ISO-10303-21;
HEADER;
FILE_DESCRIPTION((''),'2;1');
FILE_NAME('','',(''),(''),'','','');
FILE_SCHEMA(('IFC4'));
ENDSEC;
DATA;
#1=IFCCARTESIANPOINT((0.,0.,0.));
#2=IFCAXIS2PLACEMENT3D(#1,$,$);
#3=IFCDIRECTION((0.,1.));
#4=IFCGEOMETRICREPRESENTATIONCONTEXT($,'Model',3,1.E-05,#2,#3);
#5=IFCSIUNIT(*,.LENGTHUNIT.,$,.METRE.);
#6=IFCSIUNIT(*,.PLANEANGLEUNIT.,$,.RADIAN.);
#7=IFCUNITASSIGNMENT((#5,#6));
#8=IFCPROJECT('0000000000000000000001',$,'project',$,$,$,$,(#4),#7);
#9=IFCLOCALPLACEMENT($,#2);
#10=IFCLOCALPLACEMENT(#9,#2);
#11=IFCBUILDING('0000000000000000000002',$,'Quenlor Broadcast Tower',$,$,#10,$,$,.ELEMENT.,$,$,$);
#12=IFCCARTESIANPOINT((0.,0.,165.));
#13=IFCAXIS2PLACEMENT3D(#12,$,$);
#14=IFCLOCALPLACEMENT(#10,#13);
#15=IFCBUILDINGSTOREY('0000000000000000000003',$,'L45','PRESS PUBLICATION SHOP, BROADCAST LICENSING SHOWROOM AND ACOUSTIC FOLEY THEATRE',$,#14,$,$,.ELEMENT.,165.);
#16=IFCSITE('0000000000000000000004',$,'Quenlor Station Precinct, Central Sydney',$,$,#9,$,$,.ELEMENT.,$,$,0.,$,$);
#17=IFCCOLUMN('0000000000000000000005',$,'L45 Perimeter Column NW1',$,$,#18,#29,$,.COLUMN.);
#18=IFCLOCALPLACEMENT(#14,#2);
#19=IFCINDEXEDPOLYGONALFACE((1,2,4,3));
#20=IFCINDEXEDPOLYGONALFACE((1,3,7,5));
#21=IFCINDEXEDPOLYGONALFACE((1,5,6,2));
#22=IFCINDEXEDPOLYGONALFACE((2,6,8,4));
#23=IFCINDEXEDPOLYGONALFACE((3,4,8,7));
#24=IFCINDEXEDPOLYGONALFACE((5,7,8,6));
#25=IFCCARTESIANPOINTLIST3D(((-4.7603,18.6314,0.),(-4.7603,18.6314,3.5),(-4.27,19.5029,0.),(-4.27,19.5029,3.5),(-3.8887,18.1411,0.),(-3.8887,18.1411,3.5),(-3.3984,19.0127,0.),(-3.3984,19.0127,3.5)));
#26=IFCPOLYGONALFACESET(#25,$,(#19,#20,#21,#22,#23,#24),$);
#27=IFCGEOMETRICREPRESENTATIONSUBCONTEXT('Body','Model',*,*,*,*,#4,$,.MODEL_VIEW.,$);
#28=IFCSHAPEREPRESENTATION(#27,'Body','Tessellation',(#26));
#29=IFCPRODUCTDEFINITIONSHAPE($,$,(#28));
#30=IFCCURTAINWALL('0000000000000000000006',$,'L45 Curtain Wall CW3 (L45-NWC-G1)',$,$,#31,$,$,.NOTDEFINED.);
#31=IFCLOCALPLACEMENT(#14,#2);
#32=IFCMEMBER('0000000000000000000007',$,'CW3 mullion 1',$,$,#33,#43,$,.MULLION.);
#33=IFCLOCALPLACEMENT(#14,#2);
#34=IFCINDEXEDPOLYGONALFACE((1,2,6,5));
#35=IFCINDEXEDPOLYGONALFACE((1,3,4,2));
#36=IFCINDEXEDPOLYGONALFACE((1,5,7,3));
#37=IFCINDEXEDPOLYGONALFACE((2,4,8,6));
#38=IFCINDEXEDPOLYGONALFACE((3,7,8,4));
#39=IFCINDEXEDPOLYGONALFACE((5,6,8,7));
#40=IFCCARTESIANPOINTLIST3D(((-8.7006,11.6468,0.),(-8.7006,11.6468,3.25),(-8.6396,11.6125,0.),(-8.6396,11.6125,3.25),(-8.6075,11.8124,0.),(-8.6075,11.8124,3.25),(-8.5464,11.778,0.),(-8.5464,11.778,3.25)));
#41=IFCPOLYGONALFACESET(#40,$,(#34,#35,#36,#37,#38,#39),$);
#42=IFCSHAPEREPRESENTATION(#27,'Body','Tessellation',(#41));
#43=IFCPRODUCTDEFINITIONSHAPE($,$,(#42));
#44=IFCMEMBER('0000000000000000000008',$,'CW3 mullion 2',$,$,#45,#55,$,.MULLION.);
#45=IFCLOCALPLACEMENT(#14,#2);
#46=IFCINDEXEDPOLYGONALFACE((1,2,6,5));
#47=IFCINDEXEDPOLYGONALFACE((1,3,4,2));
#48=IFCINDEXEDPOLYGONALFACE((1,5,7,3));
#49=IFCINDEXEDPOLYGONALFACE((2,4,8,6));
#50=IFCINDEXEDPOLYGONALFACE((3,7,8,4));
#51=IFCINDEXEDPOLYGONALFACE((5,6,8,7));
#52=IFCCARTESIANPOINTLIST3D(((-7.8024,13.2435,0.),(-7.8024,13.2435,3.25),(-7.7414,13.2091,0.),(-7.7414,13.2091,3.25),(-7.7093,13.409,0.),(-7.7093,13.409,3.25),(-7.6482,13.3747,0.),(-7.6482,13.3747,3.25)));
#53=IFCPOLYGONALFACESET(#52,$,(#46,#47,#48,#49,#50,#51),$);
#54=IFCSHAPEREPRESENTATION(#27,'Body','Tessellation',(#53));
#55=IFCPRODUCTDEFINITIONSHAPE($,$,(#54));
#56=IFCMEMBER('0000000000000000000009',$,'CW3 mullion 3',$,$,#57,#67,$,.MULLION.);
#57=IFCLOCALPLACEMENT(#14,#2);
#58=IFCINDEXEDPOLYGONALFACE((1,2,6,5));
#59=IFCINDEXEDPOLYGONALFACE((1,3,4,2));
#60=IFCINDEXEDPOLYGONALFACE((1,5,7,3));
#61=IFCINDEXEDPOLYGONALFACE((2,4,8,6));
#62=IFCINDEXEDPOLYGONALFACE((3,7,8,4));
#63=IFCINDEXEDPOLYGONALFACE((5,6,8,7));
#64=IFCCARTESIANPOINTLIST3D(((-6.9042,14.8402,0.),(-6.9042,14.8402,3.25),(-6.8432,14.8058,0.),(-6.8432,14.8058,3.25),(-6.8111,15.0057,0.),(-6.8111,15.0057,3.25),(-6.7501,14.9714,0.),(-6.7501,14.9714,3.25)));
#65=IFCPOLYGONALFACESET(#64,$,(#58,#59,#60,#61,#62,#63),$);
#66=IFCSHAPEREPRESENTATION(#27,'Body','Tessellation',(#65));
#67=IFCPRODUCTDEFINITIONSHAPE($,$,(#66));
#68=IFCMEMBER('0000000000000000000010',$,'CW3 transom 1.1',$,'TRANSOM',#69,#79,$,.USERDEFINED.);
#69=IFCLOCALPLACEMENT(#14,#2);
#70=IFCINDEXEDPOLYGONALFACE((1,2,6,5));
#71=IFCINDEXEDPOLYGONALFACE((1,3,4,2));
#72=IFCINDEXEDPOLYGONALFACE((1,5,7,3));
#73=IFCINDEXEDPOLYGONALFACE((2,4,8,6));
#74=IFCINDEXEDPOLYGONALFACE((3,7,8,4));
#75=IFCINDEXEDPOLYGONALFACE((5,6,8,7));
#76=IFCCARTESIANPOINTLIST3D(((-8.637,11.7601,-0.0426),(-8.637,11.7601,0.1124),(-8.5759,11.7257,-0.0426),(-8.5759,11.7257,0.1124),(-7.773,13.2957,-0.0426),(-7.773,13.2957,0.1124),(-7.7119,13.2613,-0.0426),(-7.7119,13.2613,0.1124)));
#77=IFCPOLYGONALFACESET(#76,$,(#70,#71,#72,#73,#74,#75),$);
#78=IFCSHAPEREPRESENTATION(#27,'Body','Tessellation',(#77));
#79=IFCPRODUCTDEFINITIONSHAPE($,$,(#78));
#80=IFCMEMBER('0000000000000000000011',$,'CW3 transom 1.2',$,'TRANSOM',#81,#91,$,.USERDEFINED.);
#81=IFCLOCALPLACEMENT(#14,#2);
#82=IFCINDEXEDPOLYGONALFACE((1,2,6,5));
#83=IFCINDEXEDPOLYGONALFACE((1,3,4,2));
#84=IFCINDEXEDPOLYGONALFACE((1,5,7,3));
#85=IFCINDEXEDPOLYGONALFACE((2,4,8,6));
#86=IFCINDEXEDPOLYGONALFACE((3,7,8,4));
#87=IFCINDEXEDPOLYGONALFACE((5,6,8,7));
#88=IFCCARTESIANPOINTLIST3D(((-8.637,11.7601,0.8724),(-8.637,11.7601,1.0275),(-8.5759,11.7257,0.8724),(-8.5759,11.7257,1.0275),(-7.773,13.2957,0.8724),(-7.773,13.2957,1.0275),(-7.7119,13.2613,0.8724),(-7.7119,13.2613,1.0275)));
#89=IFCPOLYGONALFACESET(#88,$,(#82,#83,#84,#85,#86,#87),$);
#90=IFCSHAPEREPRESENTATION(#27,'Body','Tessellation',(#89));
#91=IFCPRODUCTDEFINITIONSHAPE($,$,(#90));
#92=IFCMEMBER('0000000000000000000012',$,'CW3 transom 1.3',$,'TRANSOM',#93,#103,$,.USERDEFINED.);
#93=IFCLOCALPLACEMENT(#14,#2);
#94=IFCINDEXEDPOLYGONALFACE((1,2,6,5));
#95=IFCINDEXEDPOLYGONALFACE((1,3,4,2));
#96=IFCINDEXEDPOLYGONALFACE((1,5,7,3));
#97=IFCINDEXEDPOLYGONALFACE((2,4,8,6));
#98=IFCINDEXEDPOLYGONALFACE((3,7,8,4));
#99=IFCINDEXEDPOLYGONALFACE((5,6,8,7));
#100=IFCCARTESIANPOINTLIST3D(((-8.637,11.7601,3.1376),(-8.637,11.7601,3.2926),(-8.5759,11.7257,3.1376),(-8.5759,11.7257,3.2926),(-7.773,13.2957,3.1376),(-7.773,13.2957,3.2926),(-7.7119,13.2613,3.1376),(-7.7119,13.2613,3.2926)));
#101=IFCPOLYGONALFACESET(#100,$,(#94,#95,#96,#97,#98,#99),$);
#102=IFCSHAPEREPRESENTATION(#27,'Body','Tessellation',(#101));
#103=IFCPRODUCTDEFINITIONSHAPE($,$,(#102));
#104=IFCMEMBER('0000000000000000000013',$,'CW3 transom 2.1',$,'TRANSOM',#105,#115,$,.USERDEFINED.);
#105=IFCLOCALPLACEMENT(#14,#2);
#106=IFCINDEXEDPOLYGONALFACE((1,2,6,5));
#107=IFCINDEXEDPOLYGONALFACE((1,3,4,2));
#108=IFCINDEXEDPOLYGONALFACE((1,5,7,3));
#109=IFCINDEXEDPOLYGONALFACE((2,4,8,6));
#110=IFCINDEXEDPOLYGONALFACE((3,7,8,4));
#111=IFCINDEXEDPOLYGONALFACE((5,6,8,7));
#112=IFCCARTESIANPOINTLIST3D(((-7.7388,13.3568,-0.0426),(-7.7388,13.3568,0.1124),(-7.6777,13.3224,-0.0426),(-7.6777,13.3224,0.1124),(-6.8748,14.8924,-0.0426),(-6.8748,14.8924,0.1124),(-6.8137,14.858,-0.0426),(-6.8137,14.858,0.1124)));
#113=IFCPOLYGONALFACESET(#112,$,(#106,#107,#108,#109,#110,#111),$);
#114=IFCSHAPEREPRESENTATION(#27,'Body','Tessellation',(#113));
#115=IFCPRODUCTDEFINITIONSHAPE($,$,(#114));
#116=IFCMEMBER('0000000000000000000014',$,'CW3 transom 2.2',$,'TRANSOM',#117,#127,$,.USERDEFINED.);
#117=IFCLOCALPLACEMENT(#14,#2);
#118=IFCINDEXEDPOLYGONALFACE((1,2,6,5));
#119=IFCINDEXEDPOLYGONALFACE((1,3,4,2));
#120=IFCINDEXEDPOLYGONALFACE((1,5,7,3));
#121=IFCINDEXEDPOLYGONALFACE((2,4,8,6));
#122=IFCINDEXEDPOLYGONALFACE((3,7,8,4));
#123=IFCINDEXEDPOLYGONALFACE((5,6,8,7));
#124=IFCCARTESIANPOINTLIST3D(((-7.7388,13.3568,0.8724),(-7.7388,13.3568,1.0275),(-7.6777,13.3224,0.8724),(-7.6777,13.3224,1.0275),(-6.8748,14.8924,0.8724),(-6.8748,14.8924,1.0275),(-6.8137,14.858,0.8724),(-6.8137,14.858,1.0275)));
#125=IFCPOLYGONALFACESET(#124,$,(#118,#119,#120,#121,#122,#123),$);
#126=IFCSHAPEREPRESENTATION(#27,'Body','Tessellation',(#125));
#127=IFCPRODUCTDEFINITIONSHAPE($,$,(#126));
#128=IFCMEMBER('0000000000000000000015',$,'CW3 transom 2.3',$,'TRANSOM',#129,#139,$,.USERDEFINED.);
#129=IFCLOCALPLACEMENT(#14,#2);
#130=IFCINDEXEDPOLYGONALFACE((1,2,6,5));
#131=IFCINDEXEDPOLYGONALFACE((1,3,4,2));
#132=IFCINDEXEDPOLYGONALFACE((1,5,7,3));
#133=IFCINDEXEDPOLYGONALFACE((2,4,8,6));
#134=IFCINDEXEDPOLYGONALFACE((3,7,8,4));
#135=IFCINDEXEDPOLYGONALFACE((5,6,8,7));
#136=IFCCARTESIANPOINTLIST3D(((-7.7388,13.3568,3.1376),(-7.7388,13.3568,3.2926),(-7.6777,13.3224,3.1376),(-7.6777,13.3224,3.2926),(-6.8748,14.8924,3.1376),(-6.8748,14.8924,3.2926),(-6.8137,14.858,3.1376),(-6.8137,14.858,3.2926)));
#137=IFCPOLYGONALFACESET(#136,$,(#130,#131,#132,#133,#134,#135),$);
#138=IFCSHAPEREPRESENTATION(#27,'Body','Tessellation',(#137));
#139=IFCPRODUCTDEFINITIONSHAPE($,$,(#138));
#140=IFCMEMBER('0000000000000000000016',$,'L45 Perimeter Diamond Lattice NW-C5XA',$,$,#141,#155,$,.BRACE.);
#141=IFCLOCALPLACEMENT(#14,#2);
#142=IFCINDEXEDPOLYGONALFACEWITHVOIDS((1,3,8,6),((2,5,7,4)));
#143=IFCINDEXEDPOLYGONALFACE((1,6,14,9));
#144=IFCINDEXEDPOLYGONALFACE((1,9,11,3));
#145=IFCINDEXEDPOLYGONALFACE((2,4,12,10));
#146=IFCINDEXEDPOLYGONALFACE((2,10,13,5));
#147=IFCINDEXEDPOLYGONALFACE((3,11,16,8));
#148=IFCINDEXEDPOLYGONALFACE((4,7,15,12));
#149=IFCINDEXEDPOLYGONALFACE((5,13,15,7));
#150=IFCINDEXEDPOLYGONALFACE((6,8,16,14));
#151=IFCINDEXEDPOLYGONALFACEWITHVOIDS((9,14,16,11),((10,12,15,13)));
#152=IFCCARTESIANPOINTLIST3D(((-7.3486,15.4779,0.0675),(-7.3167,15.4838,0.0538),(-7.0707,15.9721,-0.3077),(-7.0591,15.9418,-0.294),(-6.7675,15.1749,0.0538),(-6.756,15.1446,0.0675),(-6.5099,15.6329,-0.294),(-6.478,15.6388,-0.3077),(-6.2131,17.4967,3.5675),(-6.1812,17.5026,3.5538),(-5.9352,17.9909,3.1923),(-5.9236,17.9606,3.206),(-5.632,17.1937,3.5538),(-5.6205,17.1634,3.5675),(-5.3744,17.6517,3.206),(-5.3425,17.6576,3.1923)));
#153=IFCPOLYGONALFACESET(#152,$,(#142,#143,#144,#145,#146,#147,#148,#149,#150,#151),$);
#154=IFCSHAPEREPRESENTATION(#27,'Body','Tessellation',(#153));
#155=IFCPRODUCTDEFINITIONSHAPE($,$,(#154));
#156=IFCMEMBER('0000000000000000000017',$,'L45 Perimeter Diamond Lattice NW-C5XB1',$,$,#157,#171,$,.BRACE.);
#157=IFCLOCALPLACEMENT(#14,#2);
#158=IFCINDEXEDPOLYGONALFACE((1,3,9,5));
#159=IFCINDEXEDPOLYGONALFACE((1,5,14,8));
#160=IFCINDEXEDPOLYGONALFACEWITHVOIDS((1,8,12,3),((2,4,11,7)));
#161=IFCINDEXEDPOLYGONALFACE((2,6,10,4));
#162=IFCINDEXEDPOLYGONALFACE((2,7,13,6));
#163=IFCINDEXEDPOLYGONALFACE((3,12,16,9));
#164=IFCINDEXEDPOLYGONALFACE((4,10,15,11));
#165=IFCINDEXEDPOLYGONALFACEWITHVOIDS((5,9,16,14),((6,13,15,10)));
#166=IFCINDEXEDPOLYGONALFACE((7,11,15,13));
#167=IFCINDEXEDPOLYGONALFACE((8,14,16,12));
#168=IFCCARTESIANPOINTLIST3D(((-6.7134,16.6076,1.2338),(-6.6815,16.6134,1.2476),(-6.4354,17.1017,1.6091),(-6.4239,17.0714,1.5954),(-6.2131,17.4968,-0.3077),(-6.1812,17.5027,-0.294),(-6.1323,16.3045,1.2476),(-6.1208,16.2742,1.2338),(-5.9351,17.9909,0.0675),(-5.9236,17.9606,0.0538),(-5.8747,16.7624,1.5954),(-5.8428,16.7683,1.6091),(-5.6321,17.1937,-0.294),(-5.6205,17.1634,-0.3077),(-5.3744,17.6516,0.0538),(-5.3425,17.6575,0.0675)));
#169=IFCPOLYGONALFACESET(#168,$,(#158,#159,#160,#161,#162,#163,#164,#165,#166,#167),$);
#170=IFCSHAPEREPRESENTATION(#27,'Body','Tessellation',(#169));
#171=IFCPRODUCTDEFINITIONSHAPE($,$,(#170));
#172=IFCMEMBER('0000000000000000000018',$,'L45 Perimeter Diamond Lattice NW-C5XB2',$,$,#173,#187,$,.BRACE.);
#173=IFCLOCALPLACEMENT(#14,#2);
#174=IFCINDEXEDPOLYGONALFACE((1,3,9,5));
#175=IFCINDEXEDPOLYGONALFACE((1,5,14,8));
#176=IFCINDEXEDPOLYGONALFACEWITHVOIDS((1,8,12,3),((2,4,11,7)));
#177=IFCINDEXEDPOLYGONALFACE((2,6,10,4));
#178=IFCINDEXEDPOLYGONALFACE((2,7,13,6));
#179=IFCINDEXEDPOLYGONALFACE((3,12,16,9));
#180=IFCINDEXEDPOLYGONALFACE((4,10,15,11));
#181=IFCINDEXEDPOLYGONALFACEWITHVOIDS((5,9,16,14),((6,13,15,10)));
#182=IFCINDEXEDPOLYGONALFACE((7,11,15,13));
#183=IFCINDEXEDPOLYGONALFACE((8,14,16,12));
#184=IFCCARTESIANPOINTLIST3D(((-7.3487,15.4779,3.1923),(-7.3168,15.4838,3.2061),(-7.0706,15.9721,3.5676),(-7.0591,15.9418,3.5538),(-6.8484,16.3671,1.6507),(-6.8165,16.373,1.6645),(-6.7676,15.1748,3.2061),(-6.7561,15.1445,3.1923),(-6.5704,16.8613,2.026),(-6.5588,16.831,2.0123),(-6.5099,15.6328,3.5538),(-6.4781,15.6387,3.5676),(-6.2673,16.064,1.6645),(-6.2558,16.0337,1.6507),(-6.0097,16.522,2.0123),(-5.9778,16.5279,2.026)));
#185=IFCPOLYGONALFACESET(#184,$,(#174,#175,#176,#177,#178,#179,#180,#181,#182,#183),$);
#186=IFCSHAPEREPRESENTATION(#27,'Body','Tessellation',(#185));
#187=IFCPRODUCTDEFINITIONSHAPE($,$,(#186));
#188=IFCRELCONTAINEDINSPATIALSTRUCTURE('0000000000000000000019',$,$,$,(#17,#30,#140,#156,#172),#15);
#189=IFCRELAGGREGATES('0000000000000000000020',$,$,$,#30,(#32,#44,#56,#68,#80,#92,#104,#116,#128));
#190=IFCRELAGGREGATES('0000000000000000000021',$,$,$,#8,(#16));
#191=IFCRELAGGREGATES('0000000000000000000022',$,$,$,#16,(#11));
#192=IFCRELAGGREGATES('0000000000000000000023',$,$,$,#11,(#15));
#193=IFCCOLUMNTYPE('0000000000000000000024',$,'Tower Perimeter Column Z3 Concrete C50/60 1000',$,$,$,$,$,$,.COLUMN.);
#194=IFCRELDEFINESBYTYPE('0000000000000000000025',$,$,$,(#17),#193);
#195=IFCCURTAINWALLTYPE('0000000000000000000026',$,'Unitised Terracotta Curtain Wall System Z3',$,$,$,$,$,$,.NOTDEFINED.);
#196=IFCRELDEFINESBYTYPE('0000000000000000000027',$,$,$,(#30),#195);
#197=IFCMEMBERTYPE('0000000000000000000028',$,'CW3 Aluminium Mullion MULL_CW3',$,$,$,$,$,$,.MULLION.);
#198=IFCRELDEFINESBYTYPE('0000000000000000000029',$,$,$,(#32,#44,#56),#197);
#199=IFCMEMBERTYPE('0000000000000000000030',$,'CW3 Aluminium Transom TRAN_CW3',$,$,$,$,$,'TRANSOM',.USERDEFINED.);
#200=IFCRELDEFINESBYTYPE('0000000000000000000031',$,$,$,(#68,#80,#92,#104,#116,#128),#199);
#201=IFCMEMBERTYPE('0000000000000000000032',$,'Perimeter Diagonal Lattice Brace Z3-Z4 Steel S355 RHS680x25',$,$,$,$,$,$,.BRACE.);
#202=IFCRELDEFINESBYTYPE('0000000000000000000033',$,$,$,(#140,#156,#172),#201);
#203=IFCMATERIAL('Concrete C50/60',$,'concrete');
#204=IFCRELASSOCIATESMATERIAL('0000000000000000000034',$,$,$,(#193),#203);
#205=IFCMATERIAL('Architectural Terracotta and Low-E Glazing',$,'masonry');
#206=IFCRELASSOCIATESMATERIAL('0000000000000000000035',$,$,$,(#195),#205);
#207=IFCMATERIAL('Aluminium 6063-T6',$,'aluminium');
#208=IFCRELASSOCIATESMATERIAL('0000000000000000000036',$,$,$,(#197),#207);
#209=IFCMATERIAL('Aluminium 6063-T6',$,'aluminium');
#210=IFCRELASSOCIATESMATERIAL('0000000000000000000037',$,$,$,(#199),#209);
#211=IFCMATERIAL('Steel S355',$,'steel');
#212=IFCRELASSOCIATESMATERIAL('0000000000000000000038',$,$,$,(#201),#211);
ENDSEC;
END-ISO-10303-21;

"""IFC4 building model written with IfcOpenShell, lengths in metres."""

from ifc_helpers import new_model, si_unit, direction, frame, origin, origin_2d, place, context, subcontext, project, spatial, rectangle, hollow_rectangle, extrude, material, material_profile, profile_set, type_object, element, aggregate, save


model = new_model("IFC4")

# Units and contexts
model_context = context("Model", 3, precision=1e-05, world=origin(), true_north=direction((0.0, 1.0)))
body_context = subcontext(model_context, "Body", "Model", "MODEL_VIEW")
ifc_project = project(units=[si_unit("LENGTHUNIT", "METRE"), si_unit("PLANEANGLEUNIT", "RADIAN")], contexts=[model_context])

# Site, building, storey
site_placement = place(None, origin())
site = spatial("IfcSite", under=ifc_project, at=site_placement, Name="Quenlor Station Precinct, Central Sydney", CompositionType="ELEMENT", RefElevation=0.0)
building_placement = place(site_placement, origin())
building = spatial("IfcBuilding", under=site, at=building_placement, Name="Quenlor Broadcast Tower", CompositionType="ELEMENT")
storey_placement = place(building_placement, frame((0.0, 0.0, 165.0)))
storey = spatial("IfcBuildingStorey", under=building, at=storey_placement, Name="L45", Description="PRESS PUBLICATION SHOP, BROADCAST LICENSING SHOWROOM AND ACOUSTIC FOLEY THEATRE", CompositionType="ELEMENT", Elevation=165.0)

# Column
ifc_material_1 = material(Name="Concrete C50/60", Category="concrete")
ifc_material_profile_1 = material_profile(ifc_material_1, rectangle(XDim=1.0, YDim=1.0, at=origin_2d()))
ifc_profile_set_1 = profile_set([ifc_material_profile_1], Name="Concrete C50/60 RC1000x1000")
column_type = type_object("IfcColumnType", Name="Tower Perimeter Column Z3 Concrete C50/60 1000", PredefinedType="COLUMN", material=ifc_profile_set_1)
column_placement = place(storey_placement, frame((-4.0793, 18.822, 0.0), z_axis=(0.0, 0.0, 1.0), x_axis=(-0.871575, 0.490262, 0.0)))
element("IfcColumn", 1, at=column_placement, inside=storey, type_object=column_type, Name="L45 Perimeter Column NW1", PredefinedType="COLUMN", context=body_context, shape_type="SweptSolid", body=[
    extrude(rectangle(XDim=1.0, YDim=1.0, at=origin_2d()), origin(), (0.0, 0.0, 1.0), 3.5),
])

# Curtain wall, members
ifc_material_2 = material(Name="Architectural Terracotta and Low-E Glazing", Category="masonry")
curtain_wall_type = type_object("IfcCurtainWallType", Name="Unitised Terracotta Curtain Wall System Z3", PredefinedType="NOTDEFINED", material=ifc_material_2)
curtain_wall_placement = place(storey_placement, origin())
curtain_wall = element("IfcCurtainWall", 2, at=curtain_wall_placement, inside=storey, type_object=curtain_wall_type, Name="L45 Curtain Wall CW3 (L45-NWC-G1)", PredefinedType="NOTDEFINED")
ifc_material_3 = material(Name="Aluminium 6063-T6", Category="aluminium")
ifc_material_profile_2 = material_profile(ifc_material_3, rectangle(XDim=0.0701, YDim=0.1899, at=origin_2d()))
ifc_profile_set_2 = profile_set([ifc_material_profile_2], Name="Aluminium 6063-T6 MULL70x190")
member_type_1 = type_object("IfcMemberType", Name="CW3 Aluminium Mullion MULL_CW3", PredefinedType="MULLION", material=ifc_profile_set_2)
member_1_placement = place(storey_placement, frame((-8.6235, 11.7124, 0.0), z_axis=(0.0, 0.0, 1.0), x_axis=(-0.871571, 0.49027, 0.0)))
member_1 = element("IfcMember", 3, at=member_1_placement, type_object=member_type_1, Name="CW3 mullion 1", PredefinedType="MULLION", context=body_context, shape_type="SweptSolid", body=[
    extrude(rectangle(XDim=0.0701, YDim=0.1899, at=origin_2d()), origin(), (0.0, 0.0, 1.0), 3.25),
])
member_2_placement = place(storey_placement, frame((-7.7253, 13.3091, 0.0), z_axis=(0.0, 0.0, 1.0), x_axis=(-0.871571, 0.49027, 0.0)))
member_2 = element("IfcMember", 4, at=member_2_placement, type_object=member_type_1, Name="CW3 mullion 2", PredefinedType="MULLION", context=body_context, shape_type="SweptSolid", body=[
    extrude(rectangle(XDim=0.0701, YDim=0.1899, at=origin_2d()), origin(), (0.0, 0.0, 1.0), 3.25),
])
member_3_placement = place(storey_placement, frame((-6.8271, 14.9058, 0.0), z_axis=(0.0, 0.0, 1.0), x_axis=(-0.871571, 0.49027, 0.0)))
member_3 = element("IfcMember", 5, at=member_3_placement, type_object=member_type_1, Name="CW3 mullion 3", PredefinedType="MULLION", context=body_context, shape_type="SweptSolid", body=[
    extrude(rectangle(XDim=0.0701, YDim=0.1899, at=origin_2d()), origin(), (0.0, 0.0, 1.0), 3.25),
])
ifc_material_4 = material(Name="Aluminium 6063-T6", Category="aluminium")
ifc_material_profile_3 = material_profile(ifc_material_4, rectangle(XDim=0.0701, YDim=0.155, at=origin_2d()))
ifc_profile_set_3 = profile_set([ifc_material_profile_3], Name="Aluminium 6063-T6 TRAN70x155")
member_type_2 = type_object("IfcMemberType", Name="CW3 Aluminium Transom TRAN_CW3", ElementType="TRANSOM", PredefinedType="USERDEFINED", material=ifc_profile_set_3)
member_4_placement = place(storey_placement, frame((-8.6064, 11.7429, 0.0349), z_axis=(0.490353, 0.871524, 0.0), x_axis=(-0.871524, 0.490353, 0.0)))
member_4 = element("IfcMember", 6, at=member_4_placement, type_object=member_type_2, Name="CW3 transom 1.1", ObjectType="TRANSOM", PredefinedType="USERDEFINED", context=body_context, shape_type="SweptSolid", body=[
    extrude(rectangle(XDim=0.0701, YDim=0.155, at=origin_2d()), origin(), (0.0, 0.0, 1.0), 1.762),
])
member_5_placement = place(storey_placement, frame((-8.6064, 11.7429, 0.95), z_axis=(0.490353, 0.871524, 0.0), x_axis=(-0.871524, 0.490353, 0.0)))
member_5 = element("IfcMember", 7, at=member_5_placement, type_object=member_type_2, Name="CW3 transom 1.2", ObjectType="TRANSOM", PredefinedType="USERDEFINED", context=body_context, shape_type="SweptSolid", body=[
    extrude(rectangle(XDim=0.0701, YDim=0.155, at=origin_2d()), origin(), (0.0, 0.0, 1.0), 1.762),
])
member_6_placement = place(storey_placement, frame((-8.6064, 11.7429, 3.2151), z_axis=(0.490353, 0.871524, 0.0), x_axis=(-0.871524, 0.490353, 0.0)))
member_6 = element("IfcMember", 8, at=member_6_placement, type_object=member_type_2, Name="CW3 transom 1.3", ObjectType="TRANSOM", PredefinedType="USERDEFINED", context=body_context, shape_type="SweptSolid", body=[
    extrude(rectangle(XDim=0.0701, YDim=0.155, at=origin_2d()), origin(), (0.0, 0.0, 1.0), 1.762),
])
member_7_placement = place(storey_placement, frame((-7.7083, 13.3396, 0.0349), z_axis=(0.490353, 0.871524, 0.0), x_axis=(-0.871524, 0.490353, 0.0)))
member_7 = element("IfcMember", 9, at=member_7_placement, type_object=member_type_2, Name="CW3 transom 2.1", ObjectType="TRANSOM", PredefinedType="USERDEFINED", context=body_context, shape_type="SweptSolid", body=[
    extrude(rectangle(XDim=0.0701, YDim=0.155, at=origin_2d()), origin(), (0.0, 0.0, 1.0), 1.762),
])
member_8_placement = place(storey_placement, frame((-7.7083, 13.3396, 0.95), z_axis=(0.490353, 0.871524, 0.0), x_axis=(-0.871524, 0.490353, 0.0)))
member_8 = element("IfcMember", 10, at=member_8_placement, type_object=member_type_2, Name="CW3 transom 2.2", ObjectType="TRANSOM", PredefinedType="USERDEFINED", context=body_context, shape_type="SweptSolid", body=[
    extrude(rectangle(XDim=0.0701, YDim=0.155, at=origin_2d()), origin(), (0.0, 0.0, 1.0), 1.762),
])
member_9_placement = place(storey_placement, frame((-7.7083, 13.3396, 3.2151), z_axis=(0.490353, 0.871524, 0.0), x_axis=(-0.871524, 0.490353, 0.0)))
member_9 = element("IfcMember", 11, at=member_9_placement, type_object=member_type_2, Name="CW3 transom 2.3", ObjectType="TRANSOM", PredefinedType="USERDEFINED", context=body_context, shape_type="SweptSolid", body=[
    extrude(rectangle(XDim=0.0701, YDim=0.155, at=origin_2d()), origin(), (0.0, 0.0, 1.0), 1.762),
])

# Members
ifc_material_5 = material(Name="Steel S355", Category="steel")
ifc_material_profile_4 = material_profile(ifc_material_5, hollow_rectangle(XDim=0.6799, YDim=0.6799, WallThickness=0.0249, at=origin_2d()))
ifc_profile_set_4 = profile_set([ifc_material_profile_4], Name="Steel S355 RHS680x680x25")
member_type_3 = type_object("IfcMemberType", Name="Perimeter Diagonal Lattice Brace Z3-Z4 Steel S355 RHS680x25", PredefinedType="BRACE", material=ifc_profile_set_4)
member_10_placement = place(storey_placement, frame((-6.9133, 15.5583, -0.1201), z_axis=(0.270549, 0.481009, 0.833927), x_axis=(-0.87159, 0.490236, 0.0)))
element("IfcMember", 12, at=member_10_placement, inside=storey, type_object=member_type_3, Name="L45 Perimeter Diamond Lattice NW-C5XA", PredefinedType="BRACE", context=body_context, shape_type="SweptSolid", body=[
    extrude(hollow_rectangle(XDim=0.6799, YDim=0.6799, WallThickness=0.0249, at=origin_2d()), origin(), (0.0, 0.0, 1.0), 4.197),
])
for number, where, z_axis, x_axis, name in (
    (13, (-5.7778, 17.5771, -0.1201), (-0.270616, -0.481008, 0.833905), (0.871537, -0.490329, 0.0), "L45 Perimeter Diamond Lattice NW-C5XB1"),
    (14, (-6.4131, 16.4475, 1.8384), (-0.270616, -0.481008, 0.833905), (0.871537, -0.490329, 0.0), "L45 Perimeter Diamond Lattice NW-C5XB2"),
):
    element("IfcMember", number, at=place(storey_placement, frame(where, z_axis=z_axis, x_axis=x_axis)), inside=storey, type_object=member_type_3, Name=name, PredefinedType="BRACE", context=body_context, shape_type="SweptSolid", body=[
        extrude(hollow_rectangle(XDim=0.6799, YDim=0.6799, WallThickness=0.0249, at=origin_2d()), origin(), (0.0, 0.0, 1.0), 1.8486),
    ])

aggregate(curtain_wall, [member_1, member_2, member_3, member_4, member_5, member_6, member_7, member_8, member_9])

save(model, "model.ifc")
